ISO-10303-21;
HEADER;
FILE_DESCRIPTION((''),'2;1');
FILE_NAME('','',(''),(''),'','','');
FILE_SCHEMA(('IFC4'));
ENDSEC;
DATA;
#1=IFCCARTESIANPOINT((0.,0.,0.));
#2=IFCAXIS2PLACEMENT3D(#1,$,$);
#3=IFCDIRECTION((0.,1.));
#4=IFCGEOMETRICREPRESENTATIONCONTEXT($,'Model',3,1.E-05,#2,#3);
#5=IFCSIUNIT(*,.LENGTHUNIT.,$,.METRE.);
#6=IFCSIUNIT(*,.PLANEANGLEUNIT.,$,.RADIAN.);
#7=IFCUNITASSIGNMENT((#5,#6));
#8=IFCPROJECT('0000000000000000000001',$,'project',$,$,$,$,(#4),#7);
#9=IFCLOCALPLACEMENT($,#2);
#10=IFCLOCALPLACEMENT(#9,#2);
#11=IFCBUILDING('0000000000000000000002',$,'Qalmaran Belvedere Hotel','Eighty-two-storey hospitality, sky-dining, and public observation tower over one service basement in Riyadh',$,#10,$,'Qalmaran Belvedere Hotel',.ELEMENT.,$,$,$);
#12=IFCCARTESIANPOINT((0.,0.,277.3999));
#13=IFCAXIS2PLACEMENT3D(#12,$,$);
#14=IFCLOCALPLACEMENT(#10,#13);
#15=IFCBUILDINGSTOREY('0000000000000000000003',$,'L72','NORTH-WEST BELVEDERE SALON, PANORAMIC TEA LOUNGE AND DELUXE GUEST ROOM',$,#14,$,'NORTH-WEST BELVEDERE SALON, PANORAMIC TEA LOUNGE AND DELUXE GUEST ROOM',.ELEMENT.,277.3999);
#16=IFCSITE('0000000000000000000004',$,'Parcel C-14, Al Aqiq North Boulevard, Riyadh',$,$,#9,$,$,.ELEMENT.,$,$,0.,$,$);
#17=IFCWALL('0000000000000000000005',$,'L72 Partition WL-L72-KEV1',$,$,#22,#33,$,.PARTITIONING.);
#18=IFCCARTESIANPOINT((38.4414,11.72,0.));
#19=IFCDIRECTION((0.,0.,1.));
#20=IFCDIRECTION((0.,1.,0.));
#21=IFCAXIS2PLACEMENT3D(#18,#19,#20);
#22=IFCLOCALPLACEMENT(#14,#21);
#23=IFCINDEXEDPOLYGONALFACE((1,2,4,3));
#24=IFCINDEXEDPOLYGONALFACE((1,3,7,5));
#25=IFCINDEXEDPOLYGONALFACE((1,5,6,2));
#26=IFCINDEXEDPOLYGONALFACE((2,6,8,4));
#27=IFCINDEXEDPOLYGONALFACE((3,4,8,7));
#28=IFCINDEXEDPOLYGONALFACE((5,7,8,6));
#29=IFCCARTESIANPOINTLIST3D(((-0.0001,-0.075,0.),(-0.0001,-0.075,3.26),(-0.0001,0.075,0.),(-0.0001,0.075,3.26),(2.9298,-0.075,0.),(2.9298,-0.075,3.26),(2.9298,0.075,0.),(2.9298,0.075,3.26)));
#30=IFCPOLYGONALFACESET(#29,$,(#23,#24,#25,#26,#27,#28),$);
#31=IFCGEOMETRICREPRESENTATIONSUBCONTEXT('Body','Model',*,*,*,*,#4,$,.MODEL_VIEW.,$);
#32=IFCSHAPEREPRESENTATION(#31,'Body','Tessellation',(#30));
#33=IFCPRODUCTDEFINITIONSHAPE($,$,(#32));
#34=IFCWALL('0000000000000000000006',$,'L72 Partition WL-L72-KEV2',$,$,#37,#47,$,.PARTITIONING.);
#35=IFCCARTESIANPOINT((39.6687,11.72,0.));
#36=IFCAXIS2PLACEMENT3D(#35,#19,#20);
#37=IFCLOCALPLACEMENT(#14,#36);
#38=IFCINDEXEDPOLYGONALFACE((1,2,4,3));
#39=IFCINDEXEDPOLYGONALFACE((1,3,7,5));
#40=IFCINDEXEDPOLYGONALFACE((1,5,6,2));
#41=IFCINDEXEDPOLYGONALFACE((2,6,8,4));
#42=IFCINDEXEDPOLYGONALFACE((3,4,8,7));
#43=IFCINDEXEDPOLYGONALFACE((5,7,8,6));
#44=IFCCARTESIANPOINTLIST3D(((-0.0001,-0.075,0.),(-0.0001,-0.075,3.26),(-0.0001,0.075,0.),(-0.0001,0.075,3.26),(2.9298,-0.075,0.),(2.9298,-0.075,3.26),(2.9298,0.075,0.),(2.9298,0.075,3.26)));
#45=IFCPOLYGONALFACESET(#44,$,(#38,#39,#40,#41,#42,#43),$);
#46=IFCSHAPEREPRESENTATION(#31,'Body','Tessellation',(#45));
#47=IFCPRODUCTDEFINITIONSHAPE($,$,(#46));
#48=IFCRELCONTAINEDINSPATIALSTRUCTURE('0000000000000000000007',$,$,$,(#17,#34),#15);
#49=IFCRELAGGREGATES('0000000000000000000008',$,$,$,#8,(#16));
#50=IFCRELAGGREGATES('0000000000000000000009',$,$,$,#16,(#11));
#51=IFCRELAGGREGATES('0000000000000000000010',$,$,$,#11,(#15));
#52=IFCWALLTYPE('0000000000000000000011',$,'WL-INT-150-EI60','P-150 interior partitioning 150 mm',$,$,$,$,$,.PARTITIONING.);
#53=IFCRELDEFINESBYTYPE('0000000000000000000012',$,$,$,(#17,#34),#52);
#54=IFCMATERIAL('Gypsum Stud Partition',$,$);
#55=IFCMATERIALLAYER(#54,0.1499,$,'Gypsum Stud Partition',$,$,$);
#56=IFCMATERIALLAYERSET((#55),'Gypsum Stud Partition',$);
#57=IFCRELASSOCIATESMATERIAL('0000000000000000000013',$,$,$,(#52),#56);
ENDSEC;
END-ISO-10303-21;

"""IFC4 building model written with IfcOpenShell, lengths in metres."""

from ifc_helpers import new_model, si_unit, direction, frame, frame_2d, origin, place, context, subcontext, project, spatial, rectangle, extrude, material, layer, layer_set, type_object, element, save


model = new_model("IFC4")

# Units and contexts
model_context = context("Model", 3, precision=1e-05, world=origin(), true_north=direction((0.0, 1.0)))
body_context = subcontext(model_context, "Body", "Model", "MODEL_VIEW")
ifc_project = project(units=[si_unit("LENGTHUNIT", "METRE"), si_unit("PLANEANGLEUNIT", "RADIAN")], contexts=[model_context])

# Site, building, storey
site_placement = place(None, origin())
site = spatial("IfcSite", under=ifc_project, at=site_placement, Name="Parcel C-14, Al Aqiq North Boulevard, Riyadh", CompositionType="ELEMENT", RefElevation=0.0)
building_placement = place(site_placement, origin())
building = spatial("IfcBuilding", under=site, at=building_placement, Name="Qalmaran Belvedere Hotel", Description="Eighty-two-storey hospitality, sky-dining, and public observation tower over one service basement in Riyadh", LongName="Qalmaran Belvedere Hotel", CompositionType="ELEMENT")
storey_placement = place(building_placement, frame((0.0, 0.0, 277.3999)))
storey = spatial("IfcBuildingStorey", under=building, at=storey_placement, Name="L72", Description="NORTH-WEST BELVEDERE SALON, PANORAMIC TEA LOUNGE AND DELUXE GUEST ROOM", LongName="NORTH-WEST BELVEDERE SALON, PANORAMIC TEA LOUNGE AND DELUXE GUEST ROOM", CompositionType="ELEMENT", Elevation=277.3999)

# Walls
ifc_material_1 = material(Name="Gypsum Stud Partition")
ifc_layer_1 = layer(ifc_material_1, 0.1499, Name="Gypsum Stud Partition")
ifc_layer_set_1 = layer_set([ifc_layer_1], Name="Gypsum Stud Partition")
wall_type_1 = type_object("IfcWallType", Name="WL-INT-150-EI60", Description="P-150 interior partitioning 150 mm", PredefinedType="PARTITIONING", material=ifc_layer_set_1)
for number, where, z_axis, x_axis, name in (
    (1, (38.4414, 11.72, 0.0), (0.0, 0.0, 1.0), (0.0, 1.0, 0.0), "L72 Partition WL-L72-KEV1"),
    (2, (39.6687, 11.72, 0.0), (0.0, 0.0, 1.0), (0.0, 1.0, 0.0), "L72 Partition WL-L72-KEV2"),
):
    element("IfcWall", number, at=place(storey_placement, frame(where, z_axis=z_axis, x_axis=x_axis)), inside=storey, type_object=wall_type_1, Name=name, PredefinedType="PARTITIONING", context=body_context, shape_type="SweptSolid", body=[
        extrude(rectangle(XDim=2.9299, YDim=0.1499, at=frame_2d((1.4648, 0.0))), origin(), (0.0, 0.0, 1.0), 3.26),
    ])

save(model, "model.ifc")
